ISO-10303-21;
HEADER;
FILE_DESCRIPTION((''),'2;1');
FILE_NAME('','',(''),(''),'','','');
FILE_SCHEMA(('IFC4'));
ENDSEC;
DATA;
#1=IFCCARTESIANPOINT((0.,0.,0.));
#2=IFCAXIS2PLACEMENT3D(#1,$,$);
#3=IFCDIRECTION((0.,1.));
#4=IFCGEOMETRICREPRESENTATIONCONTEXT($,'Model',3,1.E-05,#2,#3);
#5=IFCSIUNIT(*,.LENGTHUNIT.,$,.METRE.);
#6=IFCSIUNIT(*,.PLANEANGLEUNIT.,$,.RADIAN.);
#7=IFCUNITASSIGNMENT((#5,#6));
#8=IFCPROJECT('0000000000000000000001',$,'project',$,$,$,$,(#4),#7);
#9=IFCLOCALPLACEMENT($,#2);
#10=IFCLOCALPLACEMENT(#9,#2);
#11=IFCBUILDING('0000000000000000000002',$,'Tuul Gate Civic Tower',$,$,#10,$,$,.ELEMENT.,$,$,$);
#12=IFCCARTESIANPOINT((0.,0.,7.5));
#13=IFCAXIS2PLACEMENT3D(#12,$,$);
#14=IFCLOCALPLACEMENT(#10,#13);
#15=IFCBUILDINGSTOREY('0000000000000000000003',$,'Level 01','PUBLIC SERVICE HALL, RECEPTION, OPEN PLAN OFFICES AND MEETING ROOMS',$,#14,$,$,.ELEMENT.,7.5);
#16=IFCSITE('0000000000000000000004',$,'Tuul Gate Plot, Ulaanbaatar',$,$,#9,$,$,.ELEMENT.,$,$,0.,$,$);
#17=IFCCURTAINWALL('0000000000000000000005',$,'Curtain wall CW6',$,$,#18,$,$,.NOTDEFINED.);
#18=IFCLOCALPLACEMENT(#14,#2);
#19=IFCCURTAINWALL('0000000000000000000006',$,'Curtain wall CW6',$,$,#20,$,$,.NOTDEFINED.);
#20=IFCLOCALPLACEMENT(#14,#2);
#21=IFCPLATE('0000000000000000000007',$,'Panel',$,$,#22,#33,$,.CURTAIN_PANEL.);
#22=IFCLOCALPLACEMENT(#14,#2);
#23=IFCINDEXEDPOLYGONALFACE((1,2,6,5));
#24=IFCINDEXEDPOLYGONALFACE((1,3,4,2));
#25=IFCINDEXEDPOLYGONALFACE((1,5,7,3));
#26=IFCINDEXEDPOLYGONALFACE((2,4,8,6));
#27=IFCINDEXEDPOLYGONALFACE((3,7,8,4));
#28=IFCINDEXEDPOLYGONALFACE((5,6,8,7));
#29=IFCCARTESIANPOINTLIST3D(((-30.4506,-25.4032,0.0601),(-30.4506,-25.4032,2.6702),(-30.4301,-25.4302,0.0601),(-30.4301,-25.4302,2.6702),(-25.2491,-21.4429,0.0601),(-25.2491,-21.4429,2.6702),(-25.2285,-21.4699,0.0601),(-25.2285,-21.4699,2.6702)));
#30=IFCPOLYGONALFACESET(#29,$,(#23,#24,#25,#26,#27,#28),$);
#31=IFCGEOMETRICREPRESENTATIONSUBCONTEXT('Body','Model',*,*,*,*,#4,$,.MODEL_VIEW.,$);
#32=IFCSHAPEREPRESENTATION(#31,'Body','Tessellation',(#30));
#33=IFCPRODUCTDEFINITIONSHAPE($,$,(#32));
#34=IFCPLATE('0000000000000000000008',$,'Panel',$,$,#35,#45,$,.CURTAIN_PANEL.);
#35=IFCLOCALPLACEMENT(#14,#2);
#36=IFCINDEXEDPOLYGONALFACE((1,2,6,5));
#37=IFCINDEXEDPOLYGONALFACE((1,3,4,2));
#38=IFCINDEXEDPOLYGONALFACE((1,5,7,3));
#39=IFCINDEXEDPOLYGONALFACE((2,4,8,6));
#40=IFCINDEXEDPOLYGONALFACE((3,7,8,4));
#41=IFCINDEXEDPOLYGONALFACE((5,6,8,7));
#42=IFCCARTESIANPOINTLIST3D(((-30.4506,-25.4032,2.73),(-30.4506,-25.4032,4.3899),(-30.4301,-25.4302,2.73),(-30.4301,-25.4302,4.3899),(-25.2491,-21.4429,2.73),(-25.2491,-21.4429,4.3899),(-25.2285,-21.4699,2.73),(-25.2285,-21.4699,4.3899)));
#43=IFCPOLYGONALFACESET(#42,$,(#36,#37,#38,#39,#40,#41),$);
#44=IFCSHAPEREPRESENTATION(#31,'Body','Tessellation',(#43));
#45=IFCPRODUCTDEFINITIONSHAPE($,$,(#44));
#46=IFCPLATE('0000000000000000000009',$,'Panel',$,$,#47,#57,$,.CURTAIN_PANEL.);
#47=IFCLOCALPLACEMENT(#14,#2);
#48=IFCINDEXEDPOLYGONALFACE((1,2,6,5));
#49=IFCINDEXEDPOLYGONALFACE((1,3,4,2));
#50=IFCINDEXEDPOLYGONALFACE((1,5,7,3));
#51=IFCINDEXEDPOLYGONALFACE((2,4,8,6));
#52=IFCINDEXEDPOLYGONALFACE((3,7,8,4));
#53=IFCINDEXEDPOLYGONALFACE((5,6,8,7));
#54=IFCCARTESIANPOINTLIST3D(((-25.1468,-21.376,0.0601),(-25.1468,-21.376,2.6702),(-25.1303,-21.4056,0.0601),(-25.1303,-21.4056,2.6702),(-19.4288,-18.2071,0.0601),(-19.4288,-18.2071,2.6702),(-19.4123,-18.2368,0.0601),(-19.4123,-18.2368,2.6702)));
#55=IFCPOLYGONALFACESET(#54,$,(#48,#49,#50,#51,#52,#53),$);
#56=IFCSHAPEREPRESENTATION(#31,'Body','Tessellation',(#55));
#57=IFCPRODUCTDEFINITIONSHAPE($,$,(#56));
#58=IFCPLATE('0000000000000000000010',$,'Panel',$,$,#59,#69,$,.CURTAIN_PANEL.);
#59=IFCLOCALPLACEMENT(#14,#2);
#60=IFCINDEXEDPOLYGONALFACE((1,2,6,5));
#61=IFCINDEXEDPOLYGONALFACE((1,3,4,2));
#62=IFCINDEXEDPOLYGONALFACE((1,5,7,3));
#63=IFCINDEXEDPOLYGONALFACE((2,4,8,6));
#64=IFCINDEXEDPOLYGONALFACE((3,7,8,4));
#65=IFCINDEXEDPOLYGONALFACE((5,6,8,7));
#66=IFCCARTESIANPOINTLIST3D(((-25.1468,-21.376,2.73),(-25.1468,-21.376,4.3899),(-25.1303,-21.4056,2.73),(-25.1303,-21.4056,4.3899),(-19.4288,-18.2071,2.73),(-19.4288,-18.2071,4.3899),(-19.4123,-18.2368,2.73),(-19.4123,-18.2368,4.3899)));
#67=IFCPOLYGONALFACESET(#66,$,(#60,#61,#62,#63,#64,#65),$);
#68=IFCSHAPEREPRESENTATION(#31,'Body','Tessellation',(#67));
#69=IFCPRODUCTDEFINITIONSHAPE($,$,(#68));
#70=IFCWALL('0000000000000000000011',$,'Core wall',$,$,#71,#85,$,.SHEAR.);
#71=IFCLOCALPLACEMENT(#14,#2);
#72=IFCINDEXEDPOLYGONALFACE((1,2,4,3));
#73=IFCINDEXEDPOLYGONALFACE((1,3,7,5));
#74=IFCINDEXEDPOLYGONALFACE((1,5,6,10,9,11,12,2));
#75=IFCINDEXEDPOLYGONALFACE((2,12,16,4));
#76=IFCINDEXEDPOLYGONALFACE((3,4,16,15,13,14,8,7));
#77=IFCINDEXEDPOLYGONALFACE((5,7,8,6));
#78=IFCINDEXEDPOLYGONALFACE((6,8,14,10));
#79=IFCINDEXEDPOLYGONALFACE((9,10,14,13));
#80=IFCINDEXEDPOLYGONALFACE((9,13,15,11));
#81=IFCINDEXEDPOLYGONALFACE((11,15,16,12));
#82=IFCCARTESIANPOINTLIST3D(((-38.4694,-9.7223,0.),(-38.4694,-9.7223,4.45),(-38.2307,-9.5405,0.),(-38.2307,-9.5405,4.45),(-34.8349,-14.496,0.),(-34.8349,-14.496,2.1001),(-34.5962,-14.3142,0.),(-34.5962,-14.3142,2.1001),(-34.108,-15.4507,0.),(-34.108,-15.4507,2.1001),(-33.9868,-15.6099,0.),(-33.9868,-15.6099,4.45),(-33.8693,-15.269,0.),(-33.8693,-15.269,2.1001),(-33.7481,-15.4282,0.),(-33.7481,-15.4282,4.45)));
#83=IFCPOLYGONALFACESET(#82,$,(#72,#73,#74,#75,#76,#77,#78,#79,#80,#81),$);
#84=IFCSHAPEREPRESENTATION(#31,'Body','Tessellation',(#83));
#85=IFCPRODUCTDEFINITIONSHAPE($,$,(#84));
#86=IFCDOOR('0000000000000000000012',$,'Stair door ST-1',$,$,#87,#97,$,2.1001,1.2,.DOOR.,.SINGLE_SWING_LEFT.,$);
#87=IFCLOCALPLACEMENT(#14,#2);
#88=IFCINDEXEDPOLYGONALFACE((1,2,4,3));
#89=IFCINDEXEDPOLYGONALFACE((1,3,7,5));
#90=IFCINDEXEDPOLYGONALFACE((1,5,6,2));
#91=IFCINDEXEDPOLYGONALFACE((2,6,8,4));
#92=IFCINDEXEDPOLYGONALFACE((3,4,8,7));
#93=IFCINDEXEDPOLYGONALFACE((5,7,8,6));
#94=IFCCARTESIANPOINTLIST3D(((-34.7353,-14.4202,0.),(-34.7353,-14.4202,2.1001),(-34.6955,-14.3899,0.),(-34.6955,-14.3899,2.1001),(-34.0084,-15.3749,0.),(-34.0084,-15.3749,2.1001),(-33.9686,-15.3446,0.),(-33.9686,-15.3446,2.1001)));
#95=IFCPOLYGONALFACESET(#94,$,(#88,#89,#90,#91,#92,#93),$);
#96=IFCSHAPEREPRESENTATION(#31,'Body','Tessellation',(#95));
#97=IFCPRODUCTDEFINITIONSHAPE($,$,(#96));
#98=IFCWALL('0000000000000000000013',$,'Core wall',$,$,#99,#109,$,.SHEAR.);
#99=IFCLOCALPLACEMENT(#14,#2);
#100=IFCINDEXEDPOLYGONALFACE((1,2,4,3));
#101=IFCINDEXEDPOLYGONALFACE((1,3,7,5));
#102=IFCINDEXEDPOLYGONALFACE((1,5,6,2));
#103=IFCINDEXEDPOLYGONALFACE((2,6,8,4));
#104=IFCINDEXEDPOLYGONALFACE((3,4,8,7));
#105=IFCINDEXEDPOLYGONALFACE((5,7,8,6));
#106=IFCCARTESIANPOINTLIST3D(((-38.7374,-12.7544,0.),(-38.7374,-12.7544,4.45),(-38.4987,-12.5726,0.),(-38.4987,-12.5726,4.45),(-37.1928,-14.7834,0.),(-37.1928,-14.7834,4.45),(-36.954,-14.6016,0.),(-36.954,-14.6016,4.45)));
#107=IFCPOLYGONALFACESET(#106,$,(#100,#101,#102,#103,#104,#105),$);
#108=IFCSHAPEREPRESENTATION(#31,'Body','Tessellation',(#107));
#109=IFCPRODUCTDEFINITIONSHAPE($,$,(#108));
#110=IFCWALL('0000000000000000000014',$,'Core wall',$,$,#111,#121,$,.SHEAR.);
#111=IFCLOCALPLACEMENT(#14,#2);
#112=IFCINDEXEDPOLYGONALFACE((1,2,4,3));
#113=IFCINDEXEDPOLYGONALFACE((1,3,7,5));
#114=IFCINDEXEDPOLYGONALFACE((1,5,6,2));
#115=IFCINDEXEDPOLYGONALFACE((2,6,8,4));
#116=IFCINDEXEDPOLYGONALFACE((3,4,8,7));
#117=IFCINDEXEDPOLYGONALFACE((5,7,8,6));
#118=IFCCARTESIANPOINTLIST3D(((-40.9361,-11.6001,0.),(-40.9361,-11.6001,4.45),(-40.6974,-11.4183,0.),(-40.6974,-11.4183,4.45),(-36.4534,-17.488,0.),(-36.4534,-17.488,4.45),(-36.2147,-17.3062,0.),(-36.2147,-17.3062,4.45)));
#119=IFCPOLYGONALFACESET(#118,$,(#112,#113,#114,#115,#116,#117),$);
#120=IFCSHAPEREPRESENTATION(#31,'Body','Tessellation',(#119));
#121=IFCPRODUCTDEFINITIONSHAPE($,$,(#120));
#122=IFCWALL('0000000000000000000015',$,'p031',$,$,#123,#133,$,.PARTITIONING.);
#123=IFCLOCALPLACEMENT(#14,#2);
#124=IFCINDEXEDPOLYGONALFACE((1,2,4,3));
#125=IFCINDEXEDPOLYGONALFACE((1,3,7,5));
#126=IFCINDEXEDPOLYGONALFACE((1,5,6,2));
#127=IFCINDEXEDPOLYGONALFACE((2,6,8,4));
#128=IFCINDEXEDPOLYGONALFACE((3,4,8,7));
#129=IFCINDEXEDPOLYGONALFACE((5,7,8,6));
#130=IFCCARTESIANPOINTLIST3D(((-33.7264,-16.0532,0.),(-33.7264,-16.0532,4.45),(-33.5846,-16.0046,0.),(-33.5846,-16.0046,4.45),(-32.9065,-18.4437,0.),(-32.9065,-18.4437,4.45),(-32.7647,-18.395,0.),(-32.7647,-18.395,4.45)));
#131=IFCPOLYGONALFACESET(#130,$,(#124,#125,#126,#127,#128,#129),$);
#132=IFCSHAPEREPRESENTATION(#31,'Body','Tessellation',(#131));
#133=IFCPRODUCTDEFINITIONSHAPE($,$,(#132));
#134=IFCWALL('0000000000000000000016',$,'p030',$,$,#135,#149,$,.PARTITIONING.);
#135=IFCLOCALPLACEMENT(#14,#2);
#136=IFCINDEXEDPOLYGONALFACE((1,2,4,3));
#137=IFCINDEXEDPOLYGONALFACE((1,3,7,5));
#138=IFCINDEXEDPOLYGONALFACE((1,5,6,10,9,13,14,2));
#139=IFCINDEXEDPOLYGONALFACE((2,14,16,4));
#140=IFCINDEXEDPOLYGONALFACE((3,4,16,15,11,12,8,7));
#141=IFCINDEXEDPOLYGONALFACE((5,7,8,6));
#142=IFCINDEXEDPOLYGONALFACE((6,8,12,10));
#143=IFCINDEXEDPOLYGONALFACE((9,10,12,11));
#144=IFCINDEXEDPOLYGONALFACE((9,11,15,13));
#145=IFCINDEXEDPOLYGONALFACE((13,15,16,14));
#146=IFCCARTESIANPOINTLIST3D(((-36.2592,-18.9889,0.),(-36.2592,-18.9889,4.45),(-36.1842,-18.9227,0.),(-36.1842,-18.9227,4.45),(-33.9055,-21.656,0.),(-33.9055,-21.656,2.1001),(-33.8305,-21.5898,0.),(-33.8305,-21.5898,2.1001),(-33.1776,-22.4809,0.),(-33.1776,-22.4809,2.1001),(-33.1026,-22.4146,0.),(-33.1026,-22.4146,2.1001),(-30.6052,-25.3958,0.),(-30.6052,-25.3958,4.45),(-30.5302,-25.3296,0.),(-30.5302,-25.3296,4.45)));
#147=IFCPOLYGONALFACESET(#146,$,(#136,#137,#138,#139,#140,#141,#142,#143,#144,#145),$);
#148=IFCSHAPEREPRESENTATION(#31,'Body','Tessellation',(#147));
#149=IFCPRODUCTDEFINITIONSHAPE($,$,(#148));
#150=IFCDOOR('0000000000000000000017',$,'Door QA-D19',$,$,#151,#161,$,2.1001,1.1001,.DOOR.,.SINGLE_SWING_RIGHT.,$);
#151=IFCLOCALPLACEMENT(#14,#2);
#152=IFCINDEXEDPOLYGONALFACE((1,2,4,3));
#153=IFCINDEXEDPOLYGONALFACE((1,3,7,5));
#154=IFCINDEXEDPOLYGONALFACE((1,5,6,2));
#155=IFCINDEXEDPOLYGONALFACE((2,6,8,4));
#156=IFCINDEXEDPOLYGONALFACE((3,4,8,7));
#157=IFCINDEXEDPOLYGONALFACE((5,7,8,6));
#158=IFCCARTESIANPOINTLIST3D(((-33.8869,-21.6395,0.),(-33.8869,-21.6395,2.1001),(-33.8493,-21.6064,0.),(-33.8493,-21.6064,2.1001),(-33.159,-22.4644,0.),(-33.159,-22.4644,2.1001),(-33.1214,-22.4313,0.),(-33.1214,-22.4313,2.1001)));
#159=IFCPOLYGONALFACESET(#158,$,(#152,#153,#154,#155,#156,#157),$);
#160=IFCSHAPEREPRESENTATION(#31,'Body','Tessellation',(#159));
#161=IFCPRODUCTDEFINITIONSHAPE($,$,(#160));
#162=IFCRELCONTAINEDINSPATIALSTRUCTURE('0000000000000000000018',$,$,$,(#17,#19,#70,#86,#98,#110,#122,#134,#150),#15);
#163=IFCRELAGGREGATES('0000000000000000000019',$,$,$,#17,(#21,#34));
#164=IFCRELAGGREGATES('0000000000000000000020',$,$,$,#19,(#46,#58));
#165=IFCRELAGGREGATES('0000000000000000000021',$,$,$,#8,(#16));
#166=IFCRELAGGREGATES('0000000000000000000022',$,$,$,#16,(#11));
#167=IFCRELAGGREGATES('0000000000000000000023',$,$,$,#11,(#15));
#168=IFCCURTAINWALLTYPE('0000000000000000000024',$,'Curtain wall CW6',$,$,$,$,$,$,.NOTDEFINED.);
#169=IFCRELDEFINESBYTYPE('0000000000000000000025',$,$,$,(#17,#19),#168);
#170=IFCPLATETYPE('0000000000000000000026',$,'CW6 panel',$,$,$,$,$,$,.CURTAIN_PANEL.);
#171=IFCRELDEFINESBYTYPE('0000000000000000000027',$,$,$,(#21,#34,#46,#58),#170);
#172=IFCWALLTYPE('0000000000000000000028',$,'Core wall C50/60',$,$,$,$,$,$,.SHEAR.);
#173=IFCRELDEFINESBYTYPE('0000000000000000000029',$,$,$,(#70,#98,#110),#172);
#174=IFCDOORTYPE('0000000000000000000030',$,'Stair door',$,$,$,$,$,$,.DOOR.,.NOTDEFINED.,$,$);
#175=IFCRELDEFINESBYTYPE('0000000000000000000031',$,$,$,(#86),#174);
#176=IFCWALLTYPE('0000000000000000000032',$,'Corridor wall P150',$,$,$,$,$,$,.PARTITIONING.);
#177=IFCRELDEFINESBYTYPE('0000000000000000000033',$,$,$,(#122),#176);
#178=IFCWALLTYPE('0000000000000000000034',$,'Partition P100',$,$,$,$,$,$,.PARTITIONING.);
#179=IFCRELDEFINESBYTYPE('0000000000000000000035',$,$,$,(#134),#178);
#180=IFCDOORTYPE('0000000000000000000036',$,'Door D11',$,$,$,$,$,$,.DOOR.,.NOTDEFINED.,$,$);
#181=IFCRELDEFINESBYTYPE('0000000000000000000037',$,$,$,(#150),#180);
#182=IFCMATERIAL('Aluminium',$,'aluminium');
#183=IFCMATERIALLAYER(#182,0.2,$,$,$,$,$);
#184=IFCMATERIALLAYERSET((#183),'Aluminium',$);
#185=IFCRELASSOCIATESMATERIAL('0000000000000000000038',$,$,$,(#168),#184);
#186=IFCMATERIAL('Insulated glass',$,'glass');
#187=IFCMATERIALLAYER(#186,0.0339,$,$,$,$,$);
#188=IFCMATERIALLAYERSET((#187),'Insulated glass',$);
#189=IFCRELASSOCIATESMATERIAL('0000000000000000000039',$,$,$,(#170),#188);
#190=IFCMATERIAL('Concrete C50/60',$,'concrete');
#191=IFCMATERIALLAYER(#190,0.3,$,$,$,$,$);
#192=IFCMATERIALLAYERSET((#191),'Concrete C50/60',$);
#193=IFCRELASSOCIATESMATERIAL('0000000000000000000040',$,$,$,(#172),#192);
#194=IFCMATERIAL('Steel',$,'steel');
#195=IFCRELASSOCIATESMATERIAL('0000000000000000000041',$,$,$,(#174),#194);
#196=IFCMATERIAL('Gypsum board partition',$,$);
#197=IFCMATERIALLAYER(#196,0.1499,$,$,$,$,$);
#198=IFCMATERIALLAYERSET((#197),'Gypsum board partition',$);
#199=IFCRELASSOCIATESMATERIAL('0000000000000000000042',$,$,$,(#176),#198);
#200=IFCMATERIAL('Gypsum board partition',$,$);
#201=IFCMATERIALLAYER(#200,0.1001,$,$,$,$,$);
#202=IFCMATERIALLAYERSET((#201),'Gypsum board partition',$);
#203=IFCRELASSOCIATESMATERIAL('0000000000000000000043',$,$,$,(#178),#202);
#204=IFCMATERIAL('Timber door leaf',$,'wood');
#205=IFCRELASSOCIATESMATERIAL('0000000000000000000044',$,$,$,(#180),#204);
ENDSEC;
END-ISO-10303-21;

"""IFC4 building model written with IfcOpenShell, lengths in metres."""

from ifc_helpers import new_model, si_unit, direction, frame, frame_2d, origin, origin_2d, place, context, subcontext, project, spatial, rectangle, extrude, material, layer, layer_set, type_object, element, fill, aggregate, save


model = new_model("IFC4")

# Units and contexts
model_context = context("Model", 3, precision=1e-05, world=origin(), true_north=direction((0.0, 1.0)))
body_context = subcontext(model_context, "Body", "Model", "MODEL_VIEW")
ifc_project = project(units=[si_unit("LENGTHUNIT", "METRE"), si_unit("PLANEANGLEUNIT", "RADIAN")], contexts=[model_context])

# Site, building, storey
site_placement = place(None, origin())
site = spatial("IfcSite", under=ifc_project, at=site_placement, Name="Tuul Gate Plot, Ulaanbaatar", CompositionType="ELEMENT", RefElevation=0.0)
building_placement = place(site_placement, origin())
building = spatial("IfcBuilding", under=site, at=building_placement, Name="Tuul Gate Civic Tower", CompositionType="ELEMENT")
storey_placement = place(building_placement, frame((0.0, 0.0, 7.5)))
storey = spatial("IfcBuildingStorey", under=building, at=storey_placement, Name="Level 01", Description="PUBLIC SERVICE HALL, RECEPTION, OPEN PLAN OFFICES AND MEETING ROOMS", CompositionType="ELEMENT", Elevation=7.5)

# Curtain wall
ifc_material_1 = material(Name="Aluminium", Category="aluminium")
ifc_layer_1 = layer(ifc_material_1, 0.2)
ifc_layer_set_1 = layer_set([ifc_layer_1], Name="Aluminium")
curtain_wall_type = type_object("IfcCurtainWallType", Name="Curtain wall CW6", PredefinedType="NOTDEFINED", material=ifc_layer_set_1)
curtain_wall_1_placement = place(storey_placement, origin())
curtain_wall_1 = element("IfcCurtainWall", 1, at=curtain_wall_1_placement, inside=storey, type_object=curtain_wall_type, Name="Curtain wall CW6", PredefinedType="NOTDEFINED")

# Curtain wall
curtain_wall_2_placement = place(storey_placement, origin())
curtain_wall_2 = element("IfcCurtainWall", 2, at=curtain_wall_2_placement, inside=storey, type_object=curtain_wall_type, Name="Curtain wall CW6", PredefinedType="NOTDEFINED")

# Plates
ifc_material_2 = material(Name="Insulated glass", Category="glass")
ifc_layer_2 = layer(ifc_material_2, 0.0339)
ifc_layer_set_2 = layer_set([ifc_layer_2], Name="Insulated glass")
plate_type = type_object("IfcPlateType", Name="CW6 panel", PredefinedType="CURTAIN_PANEL", material=ifc_layer_set_2)
plate_1_placement = place(storey_placement, frame((-27.8396, -23.4365, 0.0601), z_axis=(0.0, 0.0, 1.0), x_axis=(0.795635, 0.605776, 0.0)))
plate_1 = element("IfcPlate", 3, at=plate_1_placement, type_object=plate_type, Name="Panel", PredefinedType="CURTAIN_PANEL", context=body_context, shape_type="SweptSolid", body=[
    extrude(rectangle(XDim=6.5376, YDim=0.0339, at=origin_2d()), origin(), (0.0, 0.0, 1.0), 2.6101),
])
plate_2_placement = place(storey_placement, frame((-27.8396, -23.4365, 2.73), z_axis=(0.0, 0.0, 1.0), x_axis=(0.795635, 0.605776, 0.0)))
plate_2 = element("IfcPlate", 4, at=plate_2_placement, type_object=plate_type, Name="Panel", PredefinedType="CURTAIN_PANEL", context=body_context, shape_type="SweptSolid", body=[
    extrude(rectangle(XDim=6.5376, YDim=0.0339, at=origin_2d()), origin(), (0.0, 0.0, 1.0), 1.6599),
])
aggregate(curtain_wall_1, [plate_1, plate_2])
plate_3_placement = place(storey_placement, frame((-22.2795, -19.8064, 0.0601), z_axis=(0.0, 0.0, 1.0), x_axis=(0.874667, 0.484724, 0.0)))
plate_3 = element("IfcPlate", 5, at=plate_3_placement, type_object=plate_type, Name="Panel", PredefinedType="CURTAIN_PANEL", context=body_context, shape_type="SweptSolid", body=[
    extrude(rectangle(XDim=6.5374, YDim=0.0339, at=origin_2d()), origin(), (0.0, 0.0, 1.0), 2.6101),
])
plate_4_placement = place(storey_placement, frame((-22.2795, -19.8064, 2.73), z_axis=(0.0, 0.0, 1.0), x_axis=(0.874667, 0.484724, 0.0)))
plate_4 = element("IfcPlate", 6, at=plate_4_placement, type_object=plate_type, Name="Panel", PredefinedType="CURTAIN_PANEL", context=body_context, shape_type="SweptSolid", body=[
    extrude(rectangle(XDim=6.5374, YDim=0.0339, at=origin_2d()), origin(), (0.0, 0.0, 1.0), 1.6599),
])
aggregate(curtain_wall_2, [plate_3, plate_4])

# Wall, opening, door
ifc_material_3 = material(Name="Concrete C50/60", Category="concrete")
ifc_layer_3 = layer(ifc_material_3, 0.3)
ifc_layer_set_3 = layer_set([ifc_layer_3], Name="Concrete C50/60")
wall_type_1 = type_object("IfcWallType", Name="Core wall C50/60", PredefinedType="SHEAR", material=ifc_layer_set_3)
wall_1_placement = place(storey_placement, frame((-33.8674, -15.519, 0.0), z_axis=(0.0, 0.0, 1.0), x_axis=(-0.60577, 0.79564, 0.0)))
wall_1 = element("IfcWall", 7, at=wall_1_placement, inside=storey, type_object=wall_type_1, Name="Core wall", PredefinedType="SHEAR", context=body_context, shape_type="SweptSolid", body=[
    extrude(rectangle(XDim=7.3999, YDim=0.3, at=frame_2d((3.7, 0.0))), origin(), (0.0, 0.0, 1.0), 4.45),
])
opening_1_placement = place(wall_1_placement, frame((0.2, 0.0, 0.0)))
opening_1 = element("IfcOpeningElement", 8, at=opening_1_placement, cuts=wall_1, PredefinedType="OPENING", context=body_context, shape_type="SweptSolid", body=[
    extrude(rectangle(XDim=1.2, YDim=2.1001, at=frame_2d((0.6001, 1.05))), frame((0.0, 0.1602, 0.0), z_axis=(0.0, -1.0, 0.0), x_axis=(1.0, 0.0, 0.0)), (0.0, 0.0, 1.0), 0.3201),
])
ifc_material_4 = material(Name="Steel", Category="steel")
door_type_1 = type_object("IfcDoorType", Name="Stair door", OperationType="NOTDEFINED", PredefinedType="DOOR", material=ifc_material_4)
door_1_placement = place(opening_1_placement, origin())
door_1 = element("IfcDoor", 9, at=door_1_placement, inside=storey, type_object=door_type_1, Name="Stair door ST-1", OperationType="SINGLE_SWING_LEFT", OverallHeight=2.1001, OverallWidth=1.2, PredefinedType="DOOR", context=body_context, shape_type="SweptSolid", body=[
    extrude(rectangle(XDim=1.2, YDim=2.1001, at=frame_2d((0.6001, 1.05))), frame((0.0, 0.0249, 0.0), z_axis=(0.0, -1.0, 0.0), x_axis=(1.0, 0.0, 0.0)), (0.0, 0.0, 1.0), 0.05),
])
fill(opening_1, door_1)

# Walls
wall_2_placement = place(storey_placement, frame((-37.0735, -14.6924, 0.0), z_axis=(0.0, 0.0, 1.0), x_axis=(-0.605729, 0.795671, 0.0)))
element("IfcWall", 10, at=wall_2_placement, inside=storey, type_object=wall_type_1, Name="Core wall", PredefinedType="SHEAR", context=body_context, shape_type="SweptSolid", body=[
    extrude(rectangle(XDim=2.55, YDim=0.3, at=frame_2d((1.2749, 0.0))), origin(), (0.0, 0.0, 1.0), 4.45),
])
wall_3_placement = place(storey_placement, frame((-36.334, -17.3972, 0.0), z_axis=(0.0, 0.0, 1.0), x_axis=(-0.605754, 0.795652, 0.0)))
element("IfcWall", 11, at=wall_3_placement, inside=storey, type_object=wall_type_1, Name="Core wall", PredefinedType="SHEAR", context=body_context, shape_type="SweptSolid", body=[
    extrude(rectangle(XDim=7.4001, YDim=0.3, at=frame_2d((3.7002, 0.0))), origin(), (0.0, 0.0, 1.0), 4.45),
])
ifc_material_5 = material(Name="Gypsum board partition")
ifc_layer_4 = layer(ifc_material_5, 0.1499)
ifc_layer_set_4 = layer_set([ifc_layer_4], Name="Gypsum board partition")
wall_type_2 = type_object("IfcWallType", Name="Corridor wall P150", PredefinedType="PARTITIONING", material=ifc_layer_set_4)
wall_4_placement = place(storey_placement, frame((-33.6555, -16.0288, 0.0), z_axis=(0.0, 0.0, 1.0), x_axis=(0.324418, -0.945914, 0.0)))
element("IfcWall", 12, at=wall_4_placement, inside=storey, type_object=wall_type_2, Name="p031", PredefinedType="PARTITIONING", context=body_context, shape_type="SweptSolid", body=[
    extrude(rectangle(XDim=2.5271, YDim=0.1499, at=frame_2d((1.2637, 0.0))), origin(), (0.0, 0.0, 1.0), 4.45),
])

# Wall, opening, door
ifc_material_6 = material(Name="Gypsum board partition")
ifc_layer_5 = layer(ifc_material_6, 0.1001)
ifc_layer_set_5 = layer_set([ifc_layer_5], Name="Gypsum board partition")
wall_type_3 = type_object("IfcWallType", Name="Partition P100", PredefinedType="PARTITIONING", material=ifc_layer_set_5)
wall_5_placement = place(storey_placement, frame((-36.2217, -18.9558, 0.0), z_axis=(0.0, 0.0, 1.0), x_axis=(0.661676, -0.749789, 0.0)))
wall_5 = element("IfcWall", 13, at=wall_5_placement, inside=storey, type_object=wall_type_3, Name="p030", PredefinedType="PARTITIONING", context=body_context, shape_type="SweptSolid", body=[
    extrude(rectangle(XDim=8.5449, YDim=0.1001, at=frame_2d((4.2725, 0.0))), origin(), (0.0, 0.0, 1.0), 4.45),
])
opening_2_placement = place(wall_5_placement, frame((3.5571, 0.0, 0.0)))
opening_2 = element("IfcOpeningElement", 14, at=opening_2_placement, cuts=wall_5, PredefinedType="OPENING", context=body_context, shape_type="SweptSolid", body=[
    extrude(rectangle(XDim=1.1001, YDim=2.1001, at=frame_2d((0.55, 1.05))), frame((0.0, 0.0601, 0.0), z_axis=(0.0, -1.0, 0.0), x_axis=(1.0, 0.0, 0.0)), (0.0, 0.0, 1.0), 0.1201),
])
ifc_material_7 = material(Name="Timber door leaf", Category="wood")
door_type_2 = type_object("IfcDoorType", Name="Door D11", OperationType="NOTDEFINED", PredefinedType="DOOR", material=ifc_material_7)
door_2_placement = place(opening_2_placement, origin())
door_2 = element("IfcDoor", 15, at=door_2_placement, inside=storey, type_object=door_type_2, Name="Door QA-D19", OperationType="SINGLE_SWING_RIGHT", OverallHeight=2.1001, OverallWidth=1.1001, PredefinedType="DOOR", context=body_context, shape_type="SweptSolid", body=[
    extrude(rectangle(XDim=1.1001, YDim=2.1001, at=frame_2d((0.55, 1.05))), frame((0.0, 0.0249, 0.0), z_axis=(0.0, -1.0, 0.0), x_axis=(1.0, 0.0, 0.0)), (0.0, 0.0, 1.0), 0.05),
])
fill(opening_2, door_2)

save(model, "model.ifc")
